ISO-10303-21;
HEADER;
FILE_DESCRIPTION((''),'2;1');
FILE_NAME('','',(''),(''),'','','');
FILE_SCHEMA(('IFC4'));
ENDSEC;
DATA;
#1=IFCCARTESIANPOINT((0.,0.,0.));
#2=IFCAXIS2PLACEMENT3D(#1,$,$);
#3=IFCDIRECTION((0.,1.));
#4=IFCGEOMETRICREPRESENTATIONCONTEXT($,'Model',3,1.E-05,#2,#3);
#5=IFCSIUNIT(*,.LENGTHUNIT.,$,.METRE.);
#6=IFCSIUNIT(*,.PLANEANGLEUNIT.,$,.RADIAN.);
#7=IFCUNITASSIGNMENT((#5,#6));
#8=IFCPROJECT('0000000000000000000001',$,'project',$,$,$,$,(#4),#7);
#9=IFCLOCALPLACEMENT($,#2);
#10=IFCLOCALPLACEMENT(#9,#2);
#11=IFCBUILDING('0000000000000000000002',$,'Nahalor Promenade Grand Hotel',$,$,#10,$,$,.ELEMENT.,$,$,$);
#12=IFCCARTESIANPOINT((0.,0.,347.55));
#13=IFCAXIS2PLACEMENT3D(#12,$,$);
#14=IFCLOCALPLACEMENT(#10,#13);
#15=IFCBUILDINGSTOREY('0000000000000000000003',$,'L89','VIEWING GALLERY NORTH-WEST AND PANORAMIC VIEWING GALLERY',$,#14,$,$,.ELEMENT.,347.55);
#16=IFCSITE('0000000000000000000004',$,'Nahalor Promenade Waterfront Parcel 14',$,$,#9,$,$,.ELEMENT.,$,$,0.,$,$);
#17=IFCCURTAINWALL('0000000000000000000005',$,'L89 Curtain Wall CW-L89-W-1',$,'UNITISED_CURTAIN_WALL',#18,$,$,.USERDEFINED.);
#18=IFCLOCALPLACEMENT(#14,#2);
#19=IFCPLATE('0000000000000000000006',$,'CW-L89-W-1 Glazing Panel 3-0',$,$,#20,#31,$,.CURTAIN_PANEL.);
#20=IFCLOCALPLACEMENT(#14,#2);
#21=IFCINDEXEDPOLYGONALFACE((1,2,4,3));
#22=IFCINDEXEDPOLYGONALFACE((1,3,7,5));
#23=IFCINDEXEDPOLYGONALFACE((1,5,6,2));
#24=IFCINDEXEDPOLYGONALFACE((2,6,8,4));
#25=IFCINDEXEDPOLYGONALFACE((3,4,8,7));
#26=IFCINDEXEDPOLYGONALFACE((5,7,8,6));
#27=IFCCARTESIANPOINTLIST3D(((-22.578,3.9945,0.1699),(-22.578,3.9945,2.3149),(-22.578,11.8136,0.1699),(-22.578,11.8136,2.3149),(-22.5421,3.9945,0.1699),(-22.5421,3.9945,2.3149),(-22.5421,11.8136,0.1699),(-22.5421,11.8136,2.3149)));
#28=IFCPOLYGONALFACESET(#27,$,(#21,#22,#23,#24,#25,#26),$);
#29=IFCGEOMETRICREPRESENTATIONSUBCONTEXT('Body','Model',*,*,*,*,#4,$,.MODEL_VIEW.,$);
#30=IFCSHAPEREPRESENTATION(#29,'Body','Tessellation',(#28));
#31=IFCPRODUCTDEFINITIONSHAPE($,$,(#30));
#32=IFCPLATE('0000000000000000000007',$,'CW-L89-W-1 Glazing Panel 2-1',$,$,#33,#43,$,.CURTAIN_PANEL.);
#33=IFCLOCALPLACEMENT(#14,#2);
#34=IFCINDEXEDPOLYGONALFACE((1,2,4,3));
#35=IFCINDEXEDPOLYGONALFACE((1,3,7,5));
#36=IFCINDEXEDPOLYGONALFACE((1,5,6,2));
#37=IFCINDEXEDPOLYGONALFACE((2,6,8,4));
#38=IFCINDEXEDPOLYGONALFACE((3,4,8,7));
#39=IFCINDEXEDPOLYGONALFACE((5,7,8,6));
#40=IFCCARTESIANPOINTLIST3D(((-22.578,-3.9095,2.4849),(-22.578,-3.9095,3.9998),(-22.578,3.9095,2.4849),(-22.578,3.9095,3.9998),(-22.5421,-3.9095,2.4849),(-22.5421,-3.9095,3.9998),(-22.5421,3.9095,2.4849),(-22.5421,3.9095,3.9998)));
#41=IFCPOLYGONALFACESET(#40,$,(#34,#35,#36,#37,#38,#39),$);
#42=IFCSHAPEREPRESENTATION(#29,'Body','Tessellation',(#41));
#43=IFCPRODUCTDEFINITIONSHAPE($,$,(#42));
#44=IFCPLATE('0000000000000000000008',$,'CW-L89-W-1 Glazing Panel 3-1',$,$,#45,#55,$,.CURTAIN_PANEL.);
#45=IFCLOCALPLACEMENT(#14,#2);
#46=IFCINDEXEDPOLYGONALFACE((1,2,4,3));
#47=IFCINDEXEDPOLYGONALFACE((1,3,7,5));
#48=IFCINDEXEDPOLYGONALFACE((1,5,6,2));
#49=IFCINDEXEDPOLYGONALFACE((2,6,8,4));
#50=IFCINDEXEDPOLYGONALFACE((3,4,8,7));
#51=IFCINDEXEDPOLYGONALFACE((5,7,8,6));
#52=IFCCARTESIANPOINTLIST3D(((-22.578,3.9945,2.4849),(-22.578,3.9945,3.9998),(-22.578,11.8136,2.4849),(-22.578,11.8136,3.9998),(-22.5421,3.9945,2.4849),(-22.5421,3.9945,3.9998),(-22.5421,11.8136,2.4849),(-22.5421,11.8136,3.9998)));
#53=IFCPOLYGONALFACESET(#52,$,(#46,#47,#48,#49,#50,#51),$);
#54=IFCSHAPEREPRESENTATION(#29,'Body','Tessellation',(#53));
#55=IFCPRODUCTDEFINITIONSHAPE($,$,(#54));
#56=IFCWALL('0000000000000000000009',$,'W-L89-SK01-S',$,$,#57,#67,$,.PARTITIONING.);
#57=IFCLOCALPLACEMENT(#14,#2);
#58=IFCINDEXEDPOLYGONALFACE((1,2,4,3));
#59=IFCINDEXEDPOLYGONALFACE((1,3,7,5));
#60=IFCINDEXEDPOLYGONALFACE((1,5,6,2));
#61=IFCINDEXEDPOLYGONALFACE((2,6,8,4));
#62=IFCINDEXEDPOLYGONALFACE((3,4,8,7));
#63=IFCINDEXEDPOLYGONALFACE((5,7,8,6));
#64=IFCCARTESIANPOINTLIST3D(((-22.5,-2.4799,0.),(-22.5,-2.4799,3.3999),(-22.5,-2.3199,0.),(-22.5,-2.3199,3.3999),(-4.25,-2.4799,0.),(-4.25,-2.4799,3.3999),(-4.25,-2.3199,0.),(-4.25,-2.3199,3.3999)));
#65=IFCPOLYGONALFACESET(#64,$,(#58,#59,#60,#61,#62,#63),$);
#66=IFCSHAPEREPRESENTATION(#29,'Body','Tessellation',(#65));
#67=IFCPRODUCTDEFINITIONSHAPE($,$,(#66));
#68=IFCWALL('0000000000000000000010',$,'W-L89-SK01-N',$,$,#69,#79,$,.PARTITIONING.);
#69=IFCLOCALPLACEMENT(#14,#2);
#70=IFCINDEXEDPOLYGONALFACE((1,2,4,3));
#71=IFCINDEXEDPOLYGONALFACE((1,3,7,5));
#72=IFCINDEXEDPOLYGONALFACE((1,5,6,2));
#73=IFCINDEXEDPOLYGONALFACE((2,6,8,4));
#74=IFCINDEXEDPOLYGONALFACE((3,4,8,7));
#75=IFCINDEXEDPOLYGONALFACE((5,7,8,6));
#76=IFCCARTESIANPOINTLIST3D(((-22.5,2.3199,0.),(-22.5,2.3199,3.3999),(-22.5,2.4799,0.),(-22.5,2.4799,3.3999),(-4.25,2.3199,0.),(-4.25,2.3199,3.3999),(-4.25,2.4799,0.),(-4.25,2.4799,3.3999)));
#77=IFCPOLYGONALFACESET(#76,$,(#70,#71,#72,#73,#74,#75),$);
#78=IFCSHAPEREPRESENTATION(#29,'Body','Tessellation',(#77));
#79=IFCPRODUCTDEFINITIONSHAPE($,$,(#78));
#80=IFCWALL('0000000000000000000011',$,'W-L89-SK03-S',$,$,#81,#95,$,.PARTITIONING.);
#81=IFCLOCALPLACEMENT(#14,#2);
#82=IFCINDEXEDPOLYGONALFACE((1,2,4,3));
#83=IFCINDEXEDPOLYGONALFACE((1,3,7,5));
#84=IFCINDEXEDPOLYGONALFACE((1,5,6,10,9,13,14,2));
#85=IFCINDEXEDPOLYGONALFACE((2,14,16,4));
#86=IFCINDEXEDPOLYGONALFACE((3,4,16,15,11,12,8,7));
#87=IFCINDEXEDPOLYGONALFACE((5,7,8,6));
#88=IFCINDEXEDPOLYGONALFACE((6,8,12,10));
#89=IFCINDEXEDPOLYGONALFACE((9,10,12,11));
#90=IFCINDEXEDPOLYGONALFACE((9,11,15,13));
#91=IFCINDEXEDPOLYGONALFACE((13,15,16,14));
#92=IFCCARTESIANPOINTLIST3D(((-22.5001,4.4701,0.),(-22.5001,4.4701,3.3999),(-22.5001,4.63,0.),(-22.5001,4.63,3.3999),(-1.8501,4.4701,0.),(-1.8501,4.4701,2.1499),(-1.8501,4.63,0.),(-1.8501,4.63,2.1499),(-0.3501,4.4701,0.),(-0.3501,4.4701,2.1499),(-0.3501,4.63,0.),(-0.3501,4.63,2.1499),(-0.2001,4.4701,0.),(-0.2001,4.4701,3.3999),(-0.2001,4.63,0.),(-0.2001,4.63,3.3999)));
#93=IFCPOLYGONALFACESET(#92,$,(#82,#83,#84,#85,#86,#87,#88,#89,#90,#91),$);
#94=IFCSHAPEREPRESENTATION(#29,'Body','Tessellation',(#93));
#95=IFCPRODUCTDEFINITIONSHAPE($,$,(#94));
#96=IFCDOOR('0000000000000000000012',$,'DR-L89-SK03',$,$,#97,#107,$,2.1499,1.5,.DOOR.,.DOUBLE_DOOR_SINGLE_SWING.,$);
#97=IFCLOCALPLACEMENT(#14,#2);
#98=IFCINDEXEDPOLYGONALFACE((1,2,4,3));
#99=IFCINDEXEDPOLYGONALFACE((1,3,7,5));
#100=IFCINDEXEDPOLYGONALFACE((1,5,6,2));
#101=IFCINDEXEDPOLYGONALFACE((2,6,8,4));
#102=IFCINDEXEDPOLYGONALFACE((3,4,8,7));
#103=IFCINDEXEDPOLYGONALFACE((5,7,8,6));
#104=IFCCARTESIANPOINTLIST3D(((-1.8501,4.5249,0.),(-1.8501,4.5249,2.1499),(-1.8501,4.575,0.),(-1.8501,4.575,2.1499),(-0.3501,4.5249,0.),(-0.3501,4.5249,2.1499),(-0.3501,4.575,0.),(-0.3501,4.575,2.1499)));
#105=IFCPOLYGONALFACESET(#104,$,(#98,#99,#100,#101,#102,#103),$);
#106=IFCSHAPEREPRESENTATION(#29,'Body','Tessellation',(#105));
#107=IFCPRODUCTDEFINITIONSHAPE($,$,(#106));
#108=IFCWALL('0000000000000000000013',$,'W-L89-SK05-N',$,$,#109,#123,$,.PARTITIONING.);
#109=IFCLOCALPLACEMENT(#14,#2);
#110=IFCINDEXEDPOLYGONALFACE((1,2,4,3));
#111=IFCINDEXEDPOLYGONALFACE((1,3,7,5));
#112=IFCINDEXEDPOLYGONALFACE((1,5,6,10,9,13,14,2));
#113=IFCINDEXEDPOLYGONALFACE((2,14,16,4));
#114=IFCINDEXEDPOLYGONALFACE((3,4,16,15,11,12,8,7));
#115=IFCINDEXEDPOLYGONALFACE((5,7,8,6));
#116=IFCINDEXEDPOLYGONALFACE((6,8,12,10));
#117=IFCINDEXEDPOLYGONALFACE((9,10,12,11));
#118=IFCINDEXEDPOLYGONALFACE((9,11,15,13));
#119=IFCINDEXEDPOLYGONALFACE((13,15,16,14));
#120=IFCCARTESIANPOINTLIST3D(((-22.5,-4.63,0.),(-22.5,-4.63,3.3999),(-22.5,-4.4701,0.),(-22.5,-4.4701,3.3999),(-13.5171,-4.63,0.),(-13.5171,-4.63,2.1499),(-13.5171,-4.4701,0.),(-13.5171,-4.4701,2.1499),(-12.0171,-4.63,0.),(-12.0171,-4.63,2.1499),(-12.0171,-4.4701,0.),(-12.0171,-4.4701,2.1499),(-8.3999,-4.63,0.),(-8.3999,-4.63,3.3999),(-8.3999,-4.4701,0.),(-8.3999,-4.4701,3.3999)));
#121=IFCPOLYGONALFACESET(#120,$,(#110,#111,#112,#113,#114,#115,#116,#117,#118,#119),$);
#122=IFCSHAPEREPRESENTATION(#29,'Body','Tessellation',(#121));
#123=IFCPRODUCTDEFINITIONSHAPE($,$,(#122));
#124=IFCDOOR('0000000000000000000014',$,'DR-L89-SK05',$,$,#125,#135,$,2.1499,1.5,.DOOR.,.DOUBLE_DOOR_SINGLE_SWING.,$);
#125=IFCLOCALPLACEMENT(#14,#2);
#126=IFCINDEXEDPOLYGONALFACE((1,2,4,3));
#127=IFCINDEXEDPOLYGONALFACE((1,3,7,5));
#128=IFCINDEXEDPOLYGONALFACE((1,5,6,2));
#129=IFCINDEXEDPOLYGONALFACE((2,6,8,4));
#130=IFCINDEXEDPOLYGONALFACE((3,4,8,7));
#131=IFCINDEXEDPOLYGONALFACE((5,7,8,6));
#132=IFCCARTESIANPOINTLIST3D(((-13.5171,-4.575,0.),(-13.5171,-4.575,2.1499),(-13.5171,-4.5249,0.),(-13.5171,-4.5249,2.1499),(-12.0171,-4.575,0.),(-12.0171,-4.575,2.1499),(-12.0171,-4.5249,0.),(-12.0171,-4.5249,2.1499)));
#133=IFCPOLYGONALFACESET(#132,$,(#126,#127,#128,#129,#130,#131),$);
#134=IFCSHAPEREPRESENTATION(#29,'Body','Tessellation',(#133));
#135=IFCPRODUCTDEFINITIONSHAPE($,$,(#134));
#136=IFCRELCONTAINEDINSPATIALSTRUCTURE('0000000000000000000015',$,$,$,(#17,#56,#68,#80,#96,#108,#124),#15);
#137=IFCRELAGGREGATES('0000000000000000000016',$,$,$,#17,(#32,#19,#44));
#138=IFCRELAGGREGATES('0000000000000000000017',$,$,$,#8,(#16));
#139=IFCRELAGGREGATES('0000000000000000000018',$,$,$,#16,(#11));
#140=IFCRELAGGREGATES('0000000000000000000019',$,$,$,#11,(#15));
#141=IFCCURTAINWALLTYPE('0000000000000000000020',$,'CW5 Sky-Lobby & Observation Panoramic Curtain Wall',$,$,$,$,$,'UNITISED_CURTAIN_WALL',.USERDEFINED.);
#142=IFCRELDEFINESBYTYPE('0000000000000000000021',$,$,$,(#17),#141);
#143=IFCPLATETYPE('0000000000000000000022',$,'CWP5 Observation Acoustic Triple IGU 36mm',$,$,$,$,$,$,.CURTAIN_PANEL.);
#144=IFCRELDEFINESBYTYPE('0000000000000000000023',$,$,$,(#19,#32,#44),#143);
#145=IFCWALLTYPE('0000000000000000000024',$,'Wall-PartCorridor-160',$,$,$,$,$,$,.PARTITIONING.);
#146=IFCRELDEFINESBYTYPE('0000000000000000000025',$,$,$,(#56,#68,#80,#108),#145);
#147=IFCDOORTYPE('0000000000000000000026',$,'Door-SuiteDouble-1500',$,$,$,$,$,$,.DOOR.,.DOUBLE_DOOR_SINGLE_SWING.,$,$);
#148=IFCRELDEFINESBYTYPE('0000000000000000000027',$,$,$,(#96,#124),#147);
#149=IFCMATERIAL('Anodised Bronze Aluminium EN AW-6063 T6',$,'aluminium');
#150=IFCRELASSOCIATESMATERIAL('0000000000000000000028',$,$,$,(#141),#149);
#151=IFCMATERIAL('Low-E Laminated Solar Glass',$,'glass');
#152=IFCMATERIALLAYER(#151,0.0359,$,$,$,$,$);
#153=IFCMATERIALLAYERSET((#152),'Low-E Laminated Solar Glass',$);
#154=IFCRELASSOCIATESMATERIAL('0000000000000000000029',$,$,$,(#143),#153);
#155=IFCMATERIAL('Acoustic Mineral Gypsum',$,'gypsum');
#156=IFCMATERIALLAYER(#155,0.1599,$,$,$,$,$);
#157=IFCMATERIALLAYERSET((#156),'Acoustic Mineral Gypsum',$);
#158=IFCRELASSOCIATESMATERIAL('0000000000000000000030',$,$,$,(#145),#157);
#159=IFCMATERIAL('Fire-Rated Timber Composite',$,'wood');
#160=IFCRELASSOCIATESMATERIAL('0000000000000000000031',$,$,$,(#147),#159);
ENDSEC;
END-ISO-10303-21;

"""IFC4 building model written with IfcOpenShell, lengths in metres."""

from ifc_helpers import new_model, si_unit, direction, frame, frame_2d, origin, origin_2d, place, context, subcontext, project, spatial, rectangle, extrude, source, transform, mapped, material, layer, layer_set, type_object, element, fill, aggregate, save


model = new_model("IFC4")

# Units and contexts
model_context = context("Model", 3, precision=1e-05, world=origin(), true_north=direction((0.0, 1.0)))
body_context = subcontext(model_context, "Body", "Model", "MODEL_VIEW")
ifc_project = project(units=[si_unit("LENGTHUNIT", "METRE"), si_unit("PLANEANGLEUNIT", "RADIAN")], contexts=[model_context])

# Site, building, storey
site_placement = place(None, origin())
site = spatial("IfcSite", under=ifc_project, at=site_placement, Name="Nahalor Promenade Waterfront Parcel 14", CompositionType="ELEMENT", RefElevation=0.0)
building_placement = place(site_placement, origin())
building = spatial("IfcBuilding", under=site, at=building_placement, Name="Nahalor Promenade Grand Hotel", CompositionType="ELEMENT")
storey_placement = place(building_placement, frame((0.0, 0.0, 347.55)))
storey = spatial("IfcBuildingStorey", under=building, at=storey_placement, Name="L89", Description="VIEWING GALLERY NORTH-WEST AND PANORAMIC VIEWING GALLERY", CompositionType="ELEMENT", Elevation=347.55)

# Curtain wall, plates
ifc_material_1 = material(Name="Anodised Bronze Aluminium EN AW-6063 T6", Category="aluminium")
curtain_wall_type = type_object("IfcCurtainWallType", Name="CW5 Sky-Lobby & Observation Panoramic Curtain Wall", ElementType="UNITISED_CURTAIN_WALL", PredefinedType="USERDEFINED", material=ifc_material_1)
curtain_wall_placement = place(storey_placement, origin())
curtain_wall = element("IfcCurtainWall", 1, at=curtain_wall_placement, inside=storey, type_object=curtain_wall_type, Name="L89 Curtain Wall CW-L89-W-1", ObjectType="UNITISED_CURTAIN_WALL", PredefinedType="USERDEFINED")
ifc_material_2 = material(Name="Low-E Laminated Solar Glass", Category="glass")
ifc_layer_1 = layer(ifc_material_2, 0.0359)
ifc_layer_set_1 = layer_set([ifc_layer_1], Name="Low-E Laminated Solar Glass")
plate_type = type_object("IfcPlateType", Name="CWP5 Observation Acoustic Triple IGU 36mm", PredefinedType="CURTAIN_PANEL", material=ifc_layer_set_1)
shared_shape_1 = source(origin(), body_context, "Body", "SweptSolid", [
    extrude(rectangle(XDim=7.8191, YDim=0.0359, at=origin_2d()), origin(), (0.0, 0.0, 1.0), 2.145),
])
plate_1_placement = place(storey_placement, frame((-22.5601, 7.9041, 0.1699), z_axis=(0.0, 0.0, 1.0), x_axis=(0.0, 1.0, 0.0)))
plate_1 = element("IfcPlate", 2, at=plate_1_placement, type_object=plate_type, Name="CW-L89-W-1 Glazing Panel 3-0", PredefinedType="CURTAIN_PANEL", context=body_context, shape_type="MappedRepresentation", body=[
    mapped(shared_shape_1, transform((0.0, 0.0, 0.0), scale=1.0)),
])
shared_shape_2 = source(origin(), body_context, "Body", "SweptSolid", [
    extrude(rectangle(XDim=7.8191, YDim=0.0359, at=origin_2d()), origin(), (0.0, 0.0, 1.0), 1.5149),
])
plate_2_placement = place(storey_placement, frame((-22.5601, 0.0, 2.4849), z_axis=(0.0, 0.0, 1.0), x_axis=(0.0, 1.0, 0.0)))
plate_2 = element("IfcPlate", 3, at=plate_2_placement, type_object=plate_type, Name="CW-L89-W-1 Glazing Panel 2-1", PredefinedType="CURTAIN_PANEL", context=body_context, shape_type="MappedRepresentation", body=[
    mapped(shared_shape_2, transform((0.0, 0.0, 0.0), scale=1.0)),
])
plate_3_placement = place(storey_placement, frame((-22.5601, 7.9041, 2.4849), z_axis=(0.0, 0.0, 1.0), x_axis=(0.0, 1.0, 0.0)))
plate_3 = element("IfcPlate", 4, at=plate_3_placement, type_object=plate_type, Name="CW-L89-W-1 Glazing Panel 3-1", PredefinedType="CURTAIN_PANEL", context=body_context, shape_type="MappedRepresentation", body=[
    mapped(shared_shape_2, transform((0.0, 0.0, 0.0), scale=1.0)),
])
aggregate(curtain_wall, [plate_2, plate_1, plate_3])

# Walls
ifc_material_3 = material(Name="Acoustic Mineral Gypsum", Category="gypsum")
ifc_layer_2 = layer(ifc_material_3, 0.1599)
ifc_layer_set_2 = layer_set([ifc_layer_2], Name="Acoustic Mineral Gypsum")
wall_type = type_object("IfcWallType", Name="Wall-PartCorridor-160", PredefinedType="PARTITIONING", material=ifc_layer_set_2)
shared_shape_3 = source(origin(), body_context, "Body", "SweptSolid", [
    extrude(rectangle(XDim=18.25, YDim=0.1599, at=frame_2d((9.125, 0.0))), origin(), (0.0, 0.0, 1.0), 3.3999),
])
for number, where, z_axis, x_axis, name in (
    (5, (-22.5, -2.3999, 0.0), (0.0, 0.0, 1.0), (1.0, 0.0, 0.0), "W-L89-SK01-S"),
    (6, (-22.5, 2.3999, 0.0), (0.0, 0.0, 1.0), (1.0, 0.0, 0.0), "W-L89-SK01-N"),
):
    element("IfcWall", number, at=place(storey_placement, frame(where, z_axis=z_axis, x_axis=x_axis)), inside=storey, type_object=wall_type, Name=name, PredefinedType="PARTITIONING", context=body_context, shape_type="MappedRepresentation", body=[
        mapped(shared_shape_3, transform((0.0, 0.0, 0.0), scale=1.0)),
    ])

# Walls, openings, doors
shared_shape_4 = source(origin(), body_context, "Body", "SweptSolid", [
    extrude(rectangle(XDim=22.3, YDim=0.1599, at=frame_2d((11.1499, 0.0))), origin(), (0.0, 0.0, 1.0), 3.3999),
])
wall_1_placement = place(storey_placement, frame((-22.5, 4.55, 0.0), z_axis=(0.0, 0.0, 1.0), x_axis=(1.0, 0.0, 0.0)))
wall_1 = element("IfcWall", 7, at=wall_1_placement, inside=storey, type_object=wall_type, Name="W-L89-SK03-S", PredefinedType="PARTITIONING", context=body_context, shape_type="MappedRepresentation", body=[
    mapped(shared_shape_4, transform((0.0, 0.0, 0.0), scale=1.0)),
])
opening_1_placement = place(wall_1_placement, frame((20.6499, 0.0, 0.0)))
opening_1 = element("IfcOpeningElement", 8, at=opening_1_placement, cuts=wall_1, PredefinedType="OPENING", context=body_context, shape_type="SweptSolid", body=[
    extrude(rectangle(XDim=1.5, YDim=2.1499, at=frame_2d((0.75, 1.075))), frame((0.0, 0.0898, 0.0), z_axis=(0.0, -1.0, 0.0), x_axis=(1.0, 0.0, 0.0)), (0.0, 0.0, 1.0), 0.1799),
])
ifc_material_4 = material(Name="Fire-Rated Timber Composite", Category="wood")
door_type = type_object("IfcDoorType", Name="Door-SuiteDouble-1500", OperationType="DOUBLE_DOOR_SINGLE_SWING", PredefinedType="DOOR", material=ifc_material_4)
shared_shape_5 = source(origin(), body_context, "Body", "SweptSolid", [
    extrude(rectangle(XDim=1.5, YDim=2.1499, at=frame_2d((0.75, 1.075))), frame((0.0, 0.0249, 0.0), z_axis=(0.0, -1.0, 0.0), x_axis=(1.0, 0.0, 0.0)), (0.0, 0.0, 1.0), 0.05),
])
door_1_placement = place(opening_1_placement, origin())
door_1 = element("IfcDoor", 9, at=door_1_placement, inside=storey, type_object=door_type, Name="DR-L89-SK03", OperationType="DOUBLE_DOOR_SINGLE_SWING", OverallHeight=2.1499, OverallWidth=1.5, PredefinedType="DOOR", context=body_context, shape_type="MappedRepresentation", body=[
    mapped(shared_shape_5, transform((0.0, 0.0, 0.0), scale=1.0)),
])
fill(opening_1, door_1)
shared_shape_6 = source(origin(), body_context, "Body", "SweptSolid", [
    extrude(rectangle(XDim=14.1001, YDim=0.1599, at=frame_2d((7.05, 0.0))), origin(), (0.0, 0.0, 1.0), 3.3999),
])
wall_2_placement = place(storey_placement, frame((-22.5, -4.55, 0.0), z_axis=(0.0, 0.0, 1.0), x_axis=(1.0, 0.0, 0.0)))
wall_2 = element("IfcWall", 10, at=wall_2_placement, inside=storey, type_object=wall_type, Name="W-L89-SK05-N", PredefinedType="PARTITIONING", context=body_context, shape_type="MappedRepresentation", body=[
    mapped(shared_shape_6, transform((0.0, 0.0, 0.0), scale=1.0)),
])
opening_2_placement = place(wall_2_placement, frame((8.9829, 0.0, 0.0)))
opening_2 = element("IfcOpeningElement", 11, at=opening_2_placement, cuts=wall_2, PredefinedType="OPENING", context=body_context, shape_type="SweptSolid", body=[
    extrude(rectangle(XDim=1.5, YDim=2.1499, at=frame_2d((0.75, 1.075))), frame((0.0, 0.0898, 0.0), z_axis=(0.0, -1.0, 0.0), x_axis=(1.0, 0.0, 0.0)), (0.0, 0.0, 1.0), 0.1799),
])
door_2_placement = place(opening_2_placement, frame((1.5, 0.0, 0.0), z_axis=(0.0, 0.0, 1.0), x_axis=(-1.0, 0.0, 0.0)))
door_2 = element("IfcDoor", 12, at=door_2_placement, inside=storey, type_object=door_type, Name="DR-L89-SK05", OperationType="DOUBLE_DOOR_SINGLE_SWING", OverallHeight=2.1499, OverallWidth=1.5, PredefinedType="DOOR", context=body_context, shape_type="MappedRepresentation", body=[
    mapped(shared_shape_5, transform((0.0, 0.0, 0.0), scale=1.0)),
])
fill(opening_2, door_2)

save(model, "model.ifc")
